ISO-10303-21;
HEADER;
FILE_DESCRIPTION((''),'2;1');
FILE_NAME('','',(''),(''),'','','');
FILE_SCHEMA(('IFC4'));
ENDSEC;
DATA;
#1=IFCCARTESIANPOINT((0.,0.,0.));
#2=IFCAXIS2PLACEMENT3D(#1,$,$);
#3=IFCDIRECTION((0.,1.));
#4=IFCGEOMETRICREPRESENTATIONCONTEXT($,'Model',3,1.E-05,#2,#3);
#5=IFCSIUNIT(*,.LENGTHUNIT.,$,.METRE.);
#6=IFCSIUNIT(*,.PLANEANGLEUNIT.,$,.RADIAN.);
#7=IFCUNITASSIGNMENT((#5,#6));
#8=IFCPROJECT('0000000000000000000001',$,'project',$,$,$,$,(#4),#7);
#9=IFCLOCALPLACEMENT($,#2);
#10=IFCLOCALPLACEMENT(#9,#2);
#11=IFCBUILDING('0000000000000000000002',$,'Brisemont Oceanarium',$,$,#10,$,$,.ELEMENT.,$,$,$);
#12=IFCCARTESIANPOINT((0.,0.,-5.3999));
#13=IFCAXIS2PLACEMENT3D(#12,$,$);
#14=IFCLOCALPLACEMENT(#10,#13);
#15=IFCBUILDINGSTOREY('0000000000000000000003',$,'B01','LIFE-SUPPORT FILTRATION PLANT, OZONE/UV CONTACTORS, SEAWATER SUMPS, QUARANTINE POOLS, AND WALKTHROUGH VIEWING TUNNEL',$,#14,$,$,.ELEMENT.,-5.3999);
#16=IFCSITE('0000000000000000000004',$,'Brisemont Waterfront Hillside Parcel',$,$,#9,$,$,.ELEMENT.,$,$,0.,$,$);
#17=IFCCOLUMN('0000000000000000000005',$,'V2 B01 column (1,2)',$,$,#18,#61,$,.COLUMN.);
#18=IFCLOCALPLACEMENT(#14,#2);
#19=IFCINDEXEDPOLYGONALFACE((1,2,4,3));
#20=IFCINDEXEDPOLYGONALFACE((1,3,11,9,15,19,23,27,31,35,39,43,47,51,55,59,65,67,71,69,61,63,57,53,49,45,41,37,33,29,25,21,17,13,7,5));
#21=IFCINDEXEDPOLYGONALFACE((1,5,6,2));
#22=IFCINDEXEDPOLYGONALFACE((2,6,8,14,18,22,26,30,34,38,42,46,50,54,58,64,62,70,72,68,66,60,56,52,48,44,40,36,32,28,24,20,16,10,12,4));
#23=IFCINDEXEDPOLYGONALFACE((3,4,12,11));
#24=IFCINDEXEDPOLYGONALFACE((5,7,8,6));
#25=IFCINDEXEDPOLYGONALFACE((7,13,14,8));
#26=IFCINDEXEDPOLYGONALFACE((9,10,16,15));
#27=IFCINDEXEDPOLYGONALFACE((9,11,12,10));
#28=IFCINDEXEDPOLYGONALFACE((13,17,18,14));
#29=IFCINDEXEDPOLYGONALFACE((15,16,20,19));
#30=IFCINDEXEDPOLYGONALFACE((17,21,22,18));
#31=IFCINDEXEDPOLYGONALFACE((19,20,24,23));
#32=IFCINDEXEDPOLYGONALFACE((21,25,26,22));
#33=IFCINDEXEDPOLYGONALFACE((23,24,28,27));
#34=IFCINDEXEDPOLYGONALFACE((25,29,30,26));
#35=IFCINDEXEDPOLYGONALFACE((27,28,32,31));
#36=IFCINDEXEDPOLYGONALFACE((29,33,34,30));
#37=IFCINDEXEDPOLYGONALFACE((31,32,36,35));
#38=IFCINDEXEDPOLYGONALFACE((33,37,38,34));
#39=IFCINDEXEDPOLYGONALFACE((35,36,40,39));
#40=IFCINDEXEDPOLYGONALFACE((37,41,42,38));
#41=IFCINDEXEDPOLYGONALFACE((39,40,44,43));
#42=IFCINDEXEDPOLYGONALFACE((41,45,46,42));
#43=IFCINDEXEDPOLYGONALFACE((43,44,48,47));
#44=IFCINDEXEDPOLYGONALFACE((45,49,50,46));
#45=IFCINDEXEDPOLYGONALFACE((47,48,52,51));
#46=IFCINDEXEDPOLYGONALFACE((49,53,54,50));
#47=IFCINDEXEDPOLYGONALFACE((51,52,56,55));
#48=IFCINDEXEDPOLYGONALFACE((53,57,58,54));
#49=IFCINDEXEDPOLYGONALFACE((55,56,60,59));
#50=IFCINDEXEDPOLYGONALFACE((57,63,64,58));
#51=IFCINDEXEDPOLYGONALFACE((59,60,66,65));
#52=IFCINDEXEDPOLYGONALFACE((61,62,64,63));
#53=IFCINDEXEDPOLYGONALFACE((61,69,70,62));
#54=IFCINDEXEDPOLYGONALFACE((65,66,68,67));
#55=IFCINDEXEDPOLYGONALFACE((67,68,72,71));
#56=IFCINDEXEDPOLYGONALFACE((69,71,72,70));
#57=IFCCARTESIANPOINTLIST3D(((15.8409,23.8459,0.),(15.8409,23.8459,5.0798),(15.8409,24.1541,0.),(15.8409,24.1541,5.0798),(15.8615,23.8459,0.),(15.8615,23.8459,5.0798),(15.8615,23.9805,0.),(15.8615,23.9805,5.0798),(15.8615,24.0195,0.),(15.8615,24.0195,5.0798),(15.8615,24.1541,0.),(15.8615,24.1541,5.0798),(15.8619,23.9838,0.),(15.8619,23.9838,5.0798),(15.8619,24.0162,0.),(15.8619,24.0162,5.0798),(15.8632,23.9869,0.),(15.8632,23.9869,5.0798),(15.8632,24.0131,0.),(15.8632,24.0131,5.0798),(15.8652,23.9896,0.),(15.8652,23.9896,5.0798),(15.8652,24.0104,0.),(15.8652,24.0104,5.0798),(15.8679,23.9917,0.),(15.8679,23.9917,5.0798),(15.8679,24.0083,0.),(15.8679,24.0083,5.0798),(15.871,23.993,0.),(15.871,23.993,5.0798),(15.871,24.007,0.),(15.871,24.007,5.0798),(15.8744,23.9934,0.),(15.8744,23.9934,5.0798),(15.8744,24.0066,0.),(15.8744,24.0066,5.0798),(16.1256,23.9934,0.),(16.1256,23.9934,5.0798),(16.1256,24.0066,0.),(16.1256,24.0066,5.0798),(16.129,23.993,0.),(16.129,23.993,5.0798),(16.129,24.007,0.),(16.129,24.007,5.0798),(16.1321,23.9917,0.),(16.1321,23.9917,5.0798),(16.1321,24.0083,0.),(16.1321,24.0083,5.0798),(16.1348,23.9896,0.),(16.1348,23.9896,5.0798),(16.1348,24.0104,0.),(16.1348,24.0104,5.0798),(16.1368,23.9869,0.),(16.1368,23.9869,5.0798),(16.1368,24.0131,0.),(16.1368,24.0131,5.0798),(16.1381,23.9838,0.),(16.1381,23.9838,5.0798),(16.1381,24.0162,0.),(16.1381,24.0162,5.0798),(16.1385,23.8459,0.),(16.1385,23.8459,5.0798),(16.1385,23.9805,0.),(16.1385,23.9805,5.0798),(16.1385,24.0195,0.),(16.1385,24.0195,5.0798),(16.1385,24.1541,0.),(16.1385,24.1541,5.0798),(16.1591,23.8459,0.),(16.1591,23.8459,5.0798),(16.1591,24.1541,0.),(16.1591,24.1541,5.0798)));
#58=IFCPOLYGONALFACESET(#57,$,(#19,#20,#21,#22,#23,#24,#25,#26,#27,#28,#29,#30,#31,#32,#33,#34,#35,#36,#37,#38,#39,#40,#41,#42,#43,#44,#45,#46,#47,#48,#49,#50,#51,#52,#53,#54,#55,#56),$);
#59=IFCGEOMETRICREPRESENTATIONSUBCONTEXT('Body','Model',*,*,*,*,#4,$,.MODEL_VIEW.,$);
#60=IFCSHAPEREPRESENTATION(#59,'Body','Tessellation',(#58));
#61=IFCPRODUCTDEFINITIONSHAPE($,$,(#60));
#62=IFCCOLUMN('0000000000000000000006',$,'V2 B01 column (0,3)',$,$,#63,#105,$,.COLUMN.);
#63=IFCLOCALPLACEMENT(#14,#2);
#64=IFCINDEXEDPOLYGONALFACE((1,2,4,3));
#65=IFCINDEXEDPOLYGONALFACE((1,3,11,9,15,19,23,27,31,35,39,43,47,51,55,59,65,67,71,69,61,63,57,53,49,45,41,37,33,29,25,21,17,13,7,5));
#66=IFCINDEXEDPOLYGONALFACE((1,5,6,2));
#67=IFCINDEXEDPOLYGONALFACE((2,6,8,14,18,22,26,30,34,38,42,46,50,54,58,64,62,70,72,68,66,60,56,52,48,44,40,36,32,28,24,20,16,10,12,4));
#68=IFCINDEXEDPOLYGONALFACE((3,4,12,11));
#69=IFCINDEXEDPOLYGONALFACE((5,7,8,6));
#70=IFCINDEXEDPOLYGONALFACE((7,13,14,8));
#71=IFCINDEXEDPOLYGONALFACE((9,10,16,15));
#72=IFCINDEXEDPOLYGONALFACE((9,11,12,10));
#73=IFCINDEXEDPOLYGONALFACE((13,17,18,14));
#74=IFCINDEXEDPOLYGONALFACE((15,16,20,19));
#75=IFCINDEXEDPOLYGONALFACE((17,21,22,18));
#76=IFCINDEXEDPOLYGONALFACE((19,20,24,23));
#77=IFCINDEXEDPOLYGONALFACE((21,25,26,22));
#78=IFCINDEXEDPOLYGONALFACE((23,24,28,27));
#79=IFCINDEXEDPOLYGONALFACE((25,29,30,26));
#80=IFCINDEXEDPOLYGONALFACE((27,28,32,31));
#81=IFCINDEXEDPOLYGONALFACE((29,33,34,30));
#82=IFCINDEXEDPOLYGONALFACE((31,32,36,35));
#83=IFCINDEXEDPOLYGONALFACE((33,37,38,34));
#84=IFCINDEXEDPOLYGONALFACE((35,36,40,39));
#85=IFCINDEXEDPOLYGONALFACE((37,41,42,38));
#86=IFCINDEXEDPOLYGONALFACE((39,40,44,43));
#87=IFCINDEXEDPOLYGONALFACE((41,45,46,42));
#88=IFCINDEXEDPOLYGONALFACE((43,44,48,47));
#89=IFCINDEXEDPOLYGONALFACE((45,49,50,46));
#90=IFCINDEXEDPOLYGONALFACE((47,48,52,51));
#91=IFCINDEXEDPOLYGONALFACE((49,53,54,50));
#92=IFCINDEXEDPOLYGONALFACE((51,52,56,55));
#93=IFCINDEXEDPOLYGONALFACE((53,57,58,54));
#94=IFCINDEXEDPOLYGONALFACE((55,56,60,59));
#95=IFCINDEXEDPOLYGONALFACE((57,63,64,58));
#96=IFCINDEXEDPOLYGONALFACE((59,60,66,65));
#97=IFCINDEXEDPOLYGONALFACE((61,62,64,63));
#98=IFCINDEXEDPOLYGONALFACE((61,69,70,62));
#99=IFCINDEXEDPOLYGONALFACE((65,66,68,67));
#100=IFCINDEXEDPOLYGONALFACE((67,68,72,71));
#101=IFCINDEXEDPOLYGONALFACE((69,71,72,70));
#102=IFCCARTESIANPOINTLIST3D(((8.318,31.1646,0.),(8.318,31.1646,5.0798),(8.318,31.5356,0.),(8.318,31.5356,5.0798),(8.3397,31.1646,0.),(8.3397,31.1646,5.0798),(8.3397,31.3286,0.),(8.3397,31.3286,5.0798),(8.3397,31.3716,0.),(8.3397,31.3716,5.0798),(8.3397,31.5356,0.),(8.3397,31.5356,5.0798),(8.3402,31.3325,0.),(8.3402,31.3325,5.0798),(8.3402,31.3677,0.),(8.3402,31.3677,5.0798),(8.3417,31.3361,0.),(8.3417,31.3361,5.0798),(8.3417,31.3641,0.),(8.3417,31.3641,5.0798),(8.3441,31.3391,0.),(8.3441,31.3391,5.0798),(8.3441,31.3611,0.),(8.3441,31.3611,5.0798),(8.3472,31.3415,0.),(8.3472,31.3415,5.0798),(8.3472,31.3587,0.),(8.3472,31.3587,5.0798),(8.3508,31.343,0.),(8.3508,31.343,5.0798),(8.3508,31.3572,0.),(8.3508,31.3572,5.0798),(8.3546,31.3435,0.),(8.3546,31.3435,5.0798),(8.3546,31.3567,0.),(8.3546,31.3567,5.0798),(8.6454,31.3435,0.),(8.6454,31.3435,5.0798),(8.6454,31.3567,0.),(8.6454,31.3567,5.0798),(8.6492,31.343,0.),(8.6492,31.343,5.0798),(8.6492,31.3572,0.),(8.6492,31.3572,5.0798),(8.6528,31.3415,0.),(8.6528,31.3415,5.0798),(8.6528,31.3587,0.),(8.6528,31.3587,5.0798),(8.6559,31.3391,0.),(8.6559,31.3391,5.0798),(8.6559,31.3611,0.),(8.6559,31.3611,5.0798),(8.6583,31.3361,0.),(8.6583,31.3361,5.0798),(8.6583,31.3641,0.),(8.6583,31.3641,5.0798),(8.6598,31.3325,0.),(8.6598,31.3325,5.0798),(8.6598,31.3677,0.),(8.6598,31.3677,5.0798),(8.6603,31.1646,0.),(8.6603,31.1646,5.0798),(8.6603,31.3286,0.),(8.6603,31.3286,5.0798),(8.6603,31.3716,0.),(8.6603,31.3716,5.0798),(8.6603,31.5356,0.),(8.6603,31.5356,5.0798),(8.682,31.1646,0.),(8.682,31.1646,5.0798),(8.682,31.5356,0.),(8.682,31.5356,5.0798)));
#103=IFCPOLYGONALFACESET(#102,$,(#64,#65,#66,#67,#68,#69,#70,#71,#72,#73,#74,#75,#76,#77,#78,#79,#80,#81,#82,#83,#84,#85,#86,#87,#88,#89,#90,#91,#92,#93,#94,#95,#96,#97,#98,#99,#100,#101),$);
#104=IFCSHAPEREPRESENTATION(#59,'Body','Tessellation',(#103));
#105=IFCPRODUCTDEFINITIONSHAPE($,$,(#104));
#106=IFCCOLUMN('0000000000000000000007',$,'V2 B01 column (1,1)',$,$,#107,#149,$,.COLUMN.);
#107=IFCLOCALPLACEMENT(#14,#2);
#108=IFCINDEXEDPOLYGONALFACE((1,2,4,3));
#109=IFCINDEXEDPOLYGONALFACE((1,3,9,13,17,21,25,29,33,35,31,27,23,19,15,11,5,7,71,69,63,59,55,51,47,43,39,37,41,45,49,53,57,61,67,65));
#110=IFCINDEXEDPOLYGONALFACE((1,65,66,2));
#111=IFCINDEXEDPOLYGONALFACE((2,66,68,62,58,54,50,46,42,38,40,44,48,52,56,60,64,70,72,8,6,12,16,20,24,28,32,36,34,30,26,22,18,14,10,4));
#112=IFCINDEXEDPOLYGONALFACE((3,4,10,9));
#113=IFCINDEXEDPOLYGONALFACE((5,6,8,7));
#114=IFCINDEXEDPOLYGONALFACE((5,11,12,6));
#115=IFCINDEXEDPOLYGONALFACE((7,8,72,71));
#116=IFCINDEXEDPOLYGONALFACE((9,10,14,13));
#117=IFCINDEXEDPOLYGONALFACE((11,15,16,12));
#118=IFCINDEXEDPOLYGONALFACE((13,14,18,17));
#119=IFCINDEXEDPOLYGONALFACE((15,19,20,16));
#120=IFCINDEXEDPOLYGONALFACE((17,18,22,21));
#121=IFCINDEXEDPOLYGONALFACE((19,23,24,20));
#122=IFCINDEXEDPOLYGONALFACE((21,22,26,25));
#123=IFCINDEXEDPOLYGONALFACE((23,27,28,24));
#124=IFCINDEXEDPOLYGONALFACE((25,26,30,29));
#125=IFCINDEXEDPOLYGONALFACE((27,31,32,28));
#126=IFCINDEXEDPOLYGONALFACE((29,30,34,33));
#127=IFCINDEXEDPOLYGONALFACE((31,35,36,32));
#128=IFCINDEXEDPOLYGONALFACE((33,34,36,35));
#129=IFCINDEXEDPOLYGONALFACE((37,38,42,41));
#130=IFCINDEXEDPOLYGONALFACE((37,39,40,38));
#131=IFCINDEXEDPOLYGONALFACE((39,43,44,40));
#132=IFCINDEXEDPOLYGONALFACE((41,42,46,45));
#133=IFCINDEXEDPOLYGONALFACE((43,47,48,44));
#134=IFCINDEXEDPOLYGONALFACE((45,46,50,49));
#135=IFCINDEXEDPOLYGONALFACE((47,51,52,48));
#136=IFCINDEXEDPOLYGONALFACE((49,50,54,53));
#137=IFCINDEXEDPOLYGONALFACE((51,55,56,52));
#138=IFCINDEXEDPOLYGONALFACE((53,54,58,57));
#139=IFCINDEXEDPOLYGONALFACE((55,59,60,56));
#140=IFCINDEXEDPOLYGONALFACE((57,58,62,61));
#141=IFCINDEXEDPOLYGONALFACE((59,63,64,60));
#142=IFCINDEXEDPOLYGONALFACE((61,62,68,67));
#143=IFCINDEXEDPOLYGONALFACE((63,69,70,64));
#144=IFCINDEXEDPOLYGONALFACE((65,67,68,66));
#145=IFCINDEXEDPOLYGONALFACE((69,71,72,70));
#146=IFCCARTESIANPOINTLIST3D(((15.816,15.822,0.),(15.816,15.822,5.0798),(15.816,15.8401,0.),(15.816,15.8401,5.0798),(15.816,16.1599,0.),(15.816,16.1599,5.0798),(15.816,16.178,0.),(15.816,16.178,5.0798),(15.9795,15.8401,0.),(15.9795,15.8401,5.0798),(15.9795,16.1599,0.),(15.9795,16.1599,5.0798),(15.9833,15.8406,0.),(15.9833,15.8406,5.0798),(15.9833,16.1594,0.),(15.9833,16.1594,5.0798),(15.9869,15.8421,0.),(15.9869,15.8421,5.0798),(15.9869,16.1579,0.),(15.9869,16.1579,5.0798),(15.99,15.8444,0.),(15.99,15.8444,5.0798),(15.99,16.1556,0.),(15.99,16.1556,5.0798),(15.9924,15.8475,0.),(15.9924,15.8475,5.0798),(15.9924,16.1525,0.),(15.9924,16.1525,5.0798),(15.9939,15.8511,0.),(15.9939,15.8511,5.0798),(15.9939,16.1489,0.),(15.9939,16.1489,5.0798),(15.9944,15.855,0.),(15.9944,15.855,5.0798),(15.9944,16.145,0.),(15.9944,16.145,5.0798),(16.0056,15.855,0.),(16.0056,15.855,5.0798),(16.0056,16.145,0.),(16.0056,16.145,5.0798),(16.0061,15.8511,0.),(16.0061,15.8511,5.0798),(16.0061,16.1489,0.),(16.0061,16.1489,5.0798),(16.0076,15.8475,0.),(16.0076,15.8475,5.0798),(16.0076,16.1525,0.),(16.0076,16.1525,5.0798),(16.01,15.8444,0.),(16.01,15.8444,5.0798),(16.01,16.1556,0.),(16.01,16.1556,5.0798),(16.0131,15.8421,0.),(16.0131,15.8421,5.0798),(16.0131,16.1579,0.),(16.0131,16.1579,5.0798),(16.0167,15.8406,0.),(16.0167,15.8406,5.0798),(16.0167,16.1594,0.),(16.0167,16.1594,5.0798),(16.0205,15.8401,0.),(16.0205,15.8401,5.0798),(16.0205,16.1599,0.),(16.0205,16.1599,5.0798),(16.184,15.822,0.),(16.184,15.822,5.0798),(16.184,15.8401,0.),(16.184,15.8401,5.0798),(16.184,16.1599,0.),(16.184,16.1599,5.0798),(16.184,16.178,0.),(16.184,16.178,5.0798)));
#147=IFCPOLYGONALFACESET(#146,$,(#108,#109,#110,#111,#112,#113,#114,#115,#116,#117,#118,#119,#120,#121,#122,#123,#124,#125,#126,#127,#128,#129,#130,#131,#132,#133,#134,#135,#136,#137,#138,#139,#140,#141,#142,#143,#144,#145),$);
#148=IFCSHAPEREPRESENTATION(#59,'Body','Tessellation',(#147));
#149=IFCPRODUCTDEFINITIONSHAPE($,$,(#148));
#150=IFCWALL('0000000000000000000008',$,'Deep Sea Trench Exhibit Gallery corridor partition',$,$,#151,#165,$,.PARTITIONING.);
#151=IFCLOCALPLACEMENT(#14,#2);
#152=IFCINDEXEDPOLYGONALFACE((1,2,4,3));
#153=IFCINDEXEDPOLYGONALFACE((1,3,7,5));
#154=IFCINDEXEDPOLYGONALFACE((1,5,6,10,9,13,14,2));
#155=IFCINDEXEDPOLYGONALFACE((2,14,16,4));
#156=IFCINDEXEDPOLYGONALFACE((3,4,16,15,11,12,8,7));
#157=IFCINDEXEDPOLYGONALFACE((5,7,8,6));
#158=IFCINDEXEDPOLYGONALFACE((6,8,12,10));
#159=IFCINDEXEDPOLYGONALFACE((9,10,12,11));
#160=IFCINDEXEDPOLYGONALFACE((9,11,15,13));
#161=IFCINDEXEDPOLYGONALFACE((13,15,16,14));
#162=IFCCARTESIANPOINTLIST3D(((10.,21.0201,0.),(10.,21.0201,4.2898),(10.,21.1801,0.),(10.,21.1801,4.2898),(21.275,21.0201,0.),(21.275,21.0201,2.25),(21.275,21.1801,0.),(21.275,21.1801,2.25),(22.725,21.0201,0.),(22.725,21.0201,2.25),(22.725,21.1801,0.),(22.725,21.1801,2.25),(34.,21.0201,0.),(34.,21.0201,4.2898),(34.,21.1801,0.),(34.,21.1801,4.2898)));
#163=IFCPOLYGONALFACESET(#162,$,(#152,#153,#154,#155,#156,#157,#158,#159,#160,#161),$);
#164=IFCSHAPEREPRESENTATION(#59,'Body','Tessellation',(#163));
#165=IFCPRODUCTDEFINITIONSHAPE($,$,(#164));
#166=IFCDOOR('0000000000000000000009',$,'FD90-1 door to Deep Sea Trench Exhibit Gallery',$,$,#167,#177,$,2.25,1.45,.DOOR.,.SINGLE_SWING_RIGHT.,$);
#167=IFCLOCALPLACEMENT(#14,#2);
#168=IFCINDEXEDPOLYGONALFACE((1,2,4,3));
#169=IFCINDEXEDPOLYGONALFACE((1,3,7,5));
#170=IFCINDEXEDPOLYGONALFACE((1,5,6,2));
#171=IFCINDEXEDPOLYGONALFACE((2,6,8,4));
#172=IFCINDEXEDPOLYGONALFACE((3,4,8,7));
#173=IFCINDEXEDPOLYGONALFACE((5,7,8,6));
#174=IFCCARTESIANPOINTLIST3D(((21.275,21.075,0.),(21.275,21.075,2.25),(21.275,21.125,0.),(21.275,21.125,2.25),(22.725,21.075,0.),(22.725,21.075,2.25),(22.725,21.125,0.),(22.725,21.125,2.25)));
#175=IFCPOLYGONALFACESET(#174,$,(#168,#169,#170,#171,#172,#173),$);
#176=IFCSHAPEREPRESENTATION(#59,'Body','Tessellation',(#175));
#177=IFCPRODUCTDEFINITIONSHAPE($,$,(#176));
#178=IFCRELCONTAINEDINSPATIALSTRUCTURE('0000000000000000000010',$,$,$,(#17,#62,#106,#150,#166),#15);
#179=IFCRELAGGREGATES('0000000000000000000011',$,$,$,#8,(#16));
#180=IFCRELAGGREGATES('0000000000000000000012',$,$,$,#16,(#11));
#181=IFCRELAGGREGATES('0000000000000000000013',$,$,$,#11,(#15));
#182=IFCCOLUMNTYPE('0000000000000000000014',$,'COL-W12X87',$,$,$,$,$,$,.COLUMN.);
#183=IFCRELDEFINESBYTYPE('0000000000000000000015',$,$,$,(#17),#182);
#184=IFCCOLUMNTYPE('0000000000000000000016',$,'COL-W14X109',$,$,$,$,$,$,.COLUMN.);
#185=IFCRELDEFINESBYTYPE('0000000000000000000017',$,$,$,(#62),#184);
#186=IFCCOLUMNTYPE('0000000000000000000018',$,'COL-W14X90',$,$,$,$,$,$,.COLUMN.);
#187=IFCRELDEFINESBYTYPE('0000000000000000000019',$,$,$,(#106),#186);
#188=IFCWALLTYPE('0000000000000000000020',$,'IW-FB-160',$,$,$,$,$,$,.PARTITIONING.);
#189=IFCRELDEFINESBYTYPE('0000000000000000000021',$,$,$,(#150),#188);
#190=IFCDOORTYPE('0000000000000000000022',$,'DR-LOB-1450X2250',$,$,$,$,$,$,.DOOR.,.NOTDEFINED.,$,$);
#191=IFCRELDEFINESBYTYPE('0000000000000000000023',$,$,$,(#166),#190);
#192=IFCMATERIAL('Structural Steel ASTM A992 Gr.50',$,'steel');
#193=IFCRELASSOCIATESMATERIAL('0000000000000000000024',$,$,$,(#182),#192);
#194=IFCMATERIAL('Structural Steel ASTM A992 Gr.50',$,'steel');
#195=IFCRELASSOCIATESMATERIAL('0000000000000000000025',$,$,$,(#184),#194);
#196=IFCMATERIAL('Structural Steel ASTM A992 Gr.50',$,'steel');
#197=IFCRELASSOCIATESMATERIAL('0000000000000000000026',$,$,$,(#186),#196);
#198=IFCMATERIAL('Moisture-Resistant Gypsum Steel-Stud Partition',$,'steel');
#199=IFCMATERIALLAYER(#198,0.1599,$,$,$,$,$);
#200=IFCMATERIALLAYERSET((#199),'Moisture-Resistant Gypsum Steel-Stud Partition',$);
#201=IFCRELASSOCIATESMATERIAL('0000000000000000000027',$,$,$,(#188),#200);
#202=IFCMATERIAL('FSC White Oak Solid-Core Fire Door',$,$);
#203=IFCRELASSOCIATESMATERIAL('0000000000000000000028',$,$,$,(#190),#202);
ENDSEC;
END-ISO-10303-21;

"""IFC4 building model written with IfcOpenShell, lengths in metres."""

from ifc_helpers import new_model, si_unit, direction, frame, frame_2d, origin, origin_2d, place, context, subcontext, project, spatial, rectangle, i_section, extrude, material, layer, layer_set, material_profile, profile_set, type_object, element, fill, save


model = new_model("IFC4")

# Units and contexts
model_context = context("Model", 3, precision=1e-05, world=origin(), true_north=direction((0.0, 1.0)))
body_context = subcontext(model_context, "Body", "Model", "MODEL_VIEW")
ifc_project = project(units=[si_unit("LENGTHUNIT", "METRE"), si_unit("PLANEANGLEUNIT", "RADIAN")], contexts=[model_context])

# Site, building, storey
site_placement = place(None, origin())
site = spatial("IfcSite", under=ifc_project, at=site_placement, Name="Brisemont Waterfront Hillside Parcel", CompositionType="ELEMENT", RefElevation=0.0)
building_placement = place(site_placement, origin())
building = spatial("IfcBuilding", under=site, at=building_placement, Name="Brisemont Oceanarium", CompositionType="ELEMENT")
storey_placement = place(building_placement, frame((0.0, 0.0, -5.3999)))
storey = spatial("IfcBuildingStorey", under=building, at=storey_placement, Name="B01", Description="LIFE-SUPPORT FILTRATION PLANT, OZONE/UV CONTACTORS, SEAWATER SUMPS, QUARANTINE POOLS, AND WALKTHROUGH VIEWING TUNNEL", CompositionType="ELEMENT", Elevation=-5.3999)

# Columns
ifc_material_1 = material(Name="Structural Steel ASTM A992 Gr.50", Category="steel")
ifc_material_profile_1 = material_profile(ifc_material_1, i_section(OverallWidth=0.3081, OverallDepth=0.3181, WebThickness=0.0132, FlangeThickness=0.0205, FilletRadius=0.0129, at=origin_2d()), Name="W12X87")
ifc_profile_set_1 = profile_set([ifc_material_profile_1], Name="Structural Steel ASTM A992 Gr.50")
column_type_1 = type_object("IfcColumnType", Name="COL-W12X87", PredefinedType="COLUMN", material=ifc_profile_set_1)
column_1_placement = place(storey_placement, frame((16.0, 24.0, 0.0), z_axis=(0.0, 0.0, 1.0), x_axis=(0.0, 1.0, 0.0)))
element("IfcColumn", 1, at=column_1_placement, inside=storey, type_object=column_type_1, Name="V2 B01 column (1,2)", PredefinedType="COLUMN", context=body_context, shape_type="SweptSolid", body=[
    extrude(i_section(OverallWidth=0.3081, OverallDepth=0.3181, WebThickness=0.0132, FlangeThickness=0.0205, FilletRadius=0.0129, at=origin_2d()), origin(), (0.0, 0.0, 1.0), 5.0798),
])
ifc_material_2 = material(Name="Structural Steel ASTM A992 Gr.50", Category="steel")
ifc_material_profile_2 = material_profile(ifc_material_2, i_section(OverallWidth=0.3711, OverallDepth=0.364, WebThickness=0.0132, FlangeThickness=0.0217, FilletRadius=0.0149, at=origin_2d()), Name="W14X109")
ifc_profile_set_2 = profile_set([ifc_material_profile_2], Name="Structural Steel ASTM A992 Gr.50")
column_type_2 = type_object("IfcColumnType", Name="COL-W14X109", PredefinedType="COLUMN", material=ifc_profile_set_2)
column_2_placement = place(storey_placement, frame((8.5, 31.3501, 0.0), z_axis=(0.0, 0.0, 1.0), x_axis=(0.0, 1.0, 0.0)))
element("IfcColumn", 2, at=column_2_placement, inside=storey, type_object=column_type_2, Name="V2 B01 column (0,3)", PredefinedType="COLUMN", context=body_context, shape_type="SweptSolid", body=[
    extrude(i_section(OverallWidth=0.3711, OverallDepth=0.364, WebThickness=0.0132, FlangeThickness=0.0217, FilletRadius=0.0149, at=origin_2d()), origin(), (0.0, 0.0, 1.0), 5.0798),
])
ifc_material_3 = material(Name="Structural Steel ASTM A992 Gr.50", Category="steel")
ifc_material_profile_3 = material_profile(ifc_material_3, i_section(OverallWidth=0.3679, OverallDepth=0.356, WebThickness=0.0112, FlangeThickness=0.0181, FilletRadius=0.0149, at=origin_2d()), Name="W14X90")
ifc_profile_set_3 = profile_set([ifc_material_profile_3], Name="Structural Steel ASTM A992 Gr.50")
column_type_3 = type_object("IfcColumnType", Name="COL-W14X90", PredefinedType="COLUMN", material=ifc_profile_set_3)
column_3_placement = place(storey_placement, frame((16.0, 16.0, 0.0), z_axis=(0.0, 0.0, 1.0), x_axis=(1.0, 0.0, 0.0)))
element("IfcColumn", 3, at=column_3_placement, inside=storey, type_object=column_type_3, Name="V2 B01 column (1,1)", PredefinedType="COLUMN", context=body_context, shape_type="SweptSolid", body=[
    extrude(i_section(OverallWidth=0.3679, OverallDepth=0.356, WebThickness=0.0112, FlangeThickness=0.0181, FilletRadius=0.0149, at=origin_2d()), origin(), (0.0, 0.0, 1.0), 5.0798),
])

# Wall, opening, door
ifc_material_4 = material(Name="Moisture-Resistant Gypsum Steel-Stud Partition", Category="steel")
ifc_layer_1 = layer(ifc_material_4, 0.1599)
ifc_layer_set_1 = layer_set([ifc_layer_1], Name="Moisture-Resistant Gypsum Steel-Stud Partition")
wall_type_1 = type_object("IfcWallType", Name="IW-FB-160", PredefinedType="PARTITIONING", material=ifc_layer_set_1)
wall_1_placement = place(storey_placement, frame((10.0, 21.1001, 0.0), z_axis=(0.0, 0.0, 1.0), x_axis=(1.0, 0.0, 0.0)))
wall_1 = element("IfcWall", 4, at=wall_1_placement, inside=storey, type_object=wall_type_1, Name="Deep Sea Trench Exhibit Gallery corridor partition", PredefinedType="PARTITIONING", context=body_context, shape_type="SweptSolid", body=[
    extrude(rectangle(XDim=24.0, YDim=0.1599, at=frame_2d((12.0, 0.0))), origin(), (0.0, 0.0, 1.0), 4.2898),
])
opening_1_placement = place(wall_1_placement, frame((11.2749, 0.0, 0.0)))
opening_1 = element("IfcOpeningElement", 5, at=opening_1_placement, cuts=wall_1, PredefinedType="OPENING", context=body_context, shape_type="SweptSolid", body=[
    extrude(rectangle(XDim=1.45, YDim=2.25, at=frame_2d((0.7251, 1.125))), frame((0.0, 0.0898, 0.0), z_axis=(0.0, -1.0, 0.0), x_axis=(1.0, 0.0, 0.0)), (0.0, 0.0, 1.0), 0.1799),
])
ifc_material_5 = material(Name="FSC White Oak Solid-Core Fire Door")
door_type_1 = type_object("IfcDoorType", Name="DR-LOB-1450X2250", OperationType="NOTDEFINED", PredefinedType="DOOR", material=ifc_material_5)
door_1_placement = place(opening_1_placement, origin())
door_1 = element("IfcDoor", 6, at=door_1_placement, inside=storey, type_object=door_type_1, Name="FD90-1 door to Deep Sea Trench Exhibit Gallery", OperationType="SINGLE_SWING_RIGHT", OverallHeight=2.25, OverallWidth=1.45, PredefinedType="DOOR", context=body_context, shape_type="SweptSolid", body=[
    extrude(rectangle(XDim=1.45, YDim=2.25, at=frame_2d((0.7251, 1.125))), frame((0.0, 0.0249, 0.0), z_axis=(0.0, -1.0, 0.0), x_axis=(1.0, 0.0, 0.0)), (0.0, 0.0, 1.0), 0.05),
])
fill(opening_1, door_1)

save(model, "model.ifc")
